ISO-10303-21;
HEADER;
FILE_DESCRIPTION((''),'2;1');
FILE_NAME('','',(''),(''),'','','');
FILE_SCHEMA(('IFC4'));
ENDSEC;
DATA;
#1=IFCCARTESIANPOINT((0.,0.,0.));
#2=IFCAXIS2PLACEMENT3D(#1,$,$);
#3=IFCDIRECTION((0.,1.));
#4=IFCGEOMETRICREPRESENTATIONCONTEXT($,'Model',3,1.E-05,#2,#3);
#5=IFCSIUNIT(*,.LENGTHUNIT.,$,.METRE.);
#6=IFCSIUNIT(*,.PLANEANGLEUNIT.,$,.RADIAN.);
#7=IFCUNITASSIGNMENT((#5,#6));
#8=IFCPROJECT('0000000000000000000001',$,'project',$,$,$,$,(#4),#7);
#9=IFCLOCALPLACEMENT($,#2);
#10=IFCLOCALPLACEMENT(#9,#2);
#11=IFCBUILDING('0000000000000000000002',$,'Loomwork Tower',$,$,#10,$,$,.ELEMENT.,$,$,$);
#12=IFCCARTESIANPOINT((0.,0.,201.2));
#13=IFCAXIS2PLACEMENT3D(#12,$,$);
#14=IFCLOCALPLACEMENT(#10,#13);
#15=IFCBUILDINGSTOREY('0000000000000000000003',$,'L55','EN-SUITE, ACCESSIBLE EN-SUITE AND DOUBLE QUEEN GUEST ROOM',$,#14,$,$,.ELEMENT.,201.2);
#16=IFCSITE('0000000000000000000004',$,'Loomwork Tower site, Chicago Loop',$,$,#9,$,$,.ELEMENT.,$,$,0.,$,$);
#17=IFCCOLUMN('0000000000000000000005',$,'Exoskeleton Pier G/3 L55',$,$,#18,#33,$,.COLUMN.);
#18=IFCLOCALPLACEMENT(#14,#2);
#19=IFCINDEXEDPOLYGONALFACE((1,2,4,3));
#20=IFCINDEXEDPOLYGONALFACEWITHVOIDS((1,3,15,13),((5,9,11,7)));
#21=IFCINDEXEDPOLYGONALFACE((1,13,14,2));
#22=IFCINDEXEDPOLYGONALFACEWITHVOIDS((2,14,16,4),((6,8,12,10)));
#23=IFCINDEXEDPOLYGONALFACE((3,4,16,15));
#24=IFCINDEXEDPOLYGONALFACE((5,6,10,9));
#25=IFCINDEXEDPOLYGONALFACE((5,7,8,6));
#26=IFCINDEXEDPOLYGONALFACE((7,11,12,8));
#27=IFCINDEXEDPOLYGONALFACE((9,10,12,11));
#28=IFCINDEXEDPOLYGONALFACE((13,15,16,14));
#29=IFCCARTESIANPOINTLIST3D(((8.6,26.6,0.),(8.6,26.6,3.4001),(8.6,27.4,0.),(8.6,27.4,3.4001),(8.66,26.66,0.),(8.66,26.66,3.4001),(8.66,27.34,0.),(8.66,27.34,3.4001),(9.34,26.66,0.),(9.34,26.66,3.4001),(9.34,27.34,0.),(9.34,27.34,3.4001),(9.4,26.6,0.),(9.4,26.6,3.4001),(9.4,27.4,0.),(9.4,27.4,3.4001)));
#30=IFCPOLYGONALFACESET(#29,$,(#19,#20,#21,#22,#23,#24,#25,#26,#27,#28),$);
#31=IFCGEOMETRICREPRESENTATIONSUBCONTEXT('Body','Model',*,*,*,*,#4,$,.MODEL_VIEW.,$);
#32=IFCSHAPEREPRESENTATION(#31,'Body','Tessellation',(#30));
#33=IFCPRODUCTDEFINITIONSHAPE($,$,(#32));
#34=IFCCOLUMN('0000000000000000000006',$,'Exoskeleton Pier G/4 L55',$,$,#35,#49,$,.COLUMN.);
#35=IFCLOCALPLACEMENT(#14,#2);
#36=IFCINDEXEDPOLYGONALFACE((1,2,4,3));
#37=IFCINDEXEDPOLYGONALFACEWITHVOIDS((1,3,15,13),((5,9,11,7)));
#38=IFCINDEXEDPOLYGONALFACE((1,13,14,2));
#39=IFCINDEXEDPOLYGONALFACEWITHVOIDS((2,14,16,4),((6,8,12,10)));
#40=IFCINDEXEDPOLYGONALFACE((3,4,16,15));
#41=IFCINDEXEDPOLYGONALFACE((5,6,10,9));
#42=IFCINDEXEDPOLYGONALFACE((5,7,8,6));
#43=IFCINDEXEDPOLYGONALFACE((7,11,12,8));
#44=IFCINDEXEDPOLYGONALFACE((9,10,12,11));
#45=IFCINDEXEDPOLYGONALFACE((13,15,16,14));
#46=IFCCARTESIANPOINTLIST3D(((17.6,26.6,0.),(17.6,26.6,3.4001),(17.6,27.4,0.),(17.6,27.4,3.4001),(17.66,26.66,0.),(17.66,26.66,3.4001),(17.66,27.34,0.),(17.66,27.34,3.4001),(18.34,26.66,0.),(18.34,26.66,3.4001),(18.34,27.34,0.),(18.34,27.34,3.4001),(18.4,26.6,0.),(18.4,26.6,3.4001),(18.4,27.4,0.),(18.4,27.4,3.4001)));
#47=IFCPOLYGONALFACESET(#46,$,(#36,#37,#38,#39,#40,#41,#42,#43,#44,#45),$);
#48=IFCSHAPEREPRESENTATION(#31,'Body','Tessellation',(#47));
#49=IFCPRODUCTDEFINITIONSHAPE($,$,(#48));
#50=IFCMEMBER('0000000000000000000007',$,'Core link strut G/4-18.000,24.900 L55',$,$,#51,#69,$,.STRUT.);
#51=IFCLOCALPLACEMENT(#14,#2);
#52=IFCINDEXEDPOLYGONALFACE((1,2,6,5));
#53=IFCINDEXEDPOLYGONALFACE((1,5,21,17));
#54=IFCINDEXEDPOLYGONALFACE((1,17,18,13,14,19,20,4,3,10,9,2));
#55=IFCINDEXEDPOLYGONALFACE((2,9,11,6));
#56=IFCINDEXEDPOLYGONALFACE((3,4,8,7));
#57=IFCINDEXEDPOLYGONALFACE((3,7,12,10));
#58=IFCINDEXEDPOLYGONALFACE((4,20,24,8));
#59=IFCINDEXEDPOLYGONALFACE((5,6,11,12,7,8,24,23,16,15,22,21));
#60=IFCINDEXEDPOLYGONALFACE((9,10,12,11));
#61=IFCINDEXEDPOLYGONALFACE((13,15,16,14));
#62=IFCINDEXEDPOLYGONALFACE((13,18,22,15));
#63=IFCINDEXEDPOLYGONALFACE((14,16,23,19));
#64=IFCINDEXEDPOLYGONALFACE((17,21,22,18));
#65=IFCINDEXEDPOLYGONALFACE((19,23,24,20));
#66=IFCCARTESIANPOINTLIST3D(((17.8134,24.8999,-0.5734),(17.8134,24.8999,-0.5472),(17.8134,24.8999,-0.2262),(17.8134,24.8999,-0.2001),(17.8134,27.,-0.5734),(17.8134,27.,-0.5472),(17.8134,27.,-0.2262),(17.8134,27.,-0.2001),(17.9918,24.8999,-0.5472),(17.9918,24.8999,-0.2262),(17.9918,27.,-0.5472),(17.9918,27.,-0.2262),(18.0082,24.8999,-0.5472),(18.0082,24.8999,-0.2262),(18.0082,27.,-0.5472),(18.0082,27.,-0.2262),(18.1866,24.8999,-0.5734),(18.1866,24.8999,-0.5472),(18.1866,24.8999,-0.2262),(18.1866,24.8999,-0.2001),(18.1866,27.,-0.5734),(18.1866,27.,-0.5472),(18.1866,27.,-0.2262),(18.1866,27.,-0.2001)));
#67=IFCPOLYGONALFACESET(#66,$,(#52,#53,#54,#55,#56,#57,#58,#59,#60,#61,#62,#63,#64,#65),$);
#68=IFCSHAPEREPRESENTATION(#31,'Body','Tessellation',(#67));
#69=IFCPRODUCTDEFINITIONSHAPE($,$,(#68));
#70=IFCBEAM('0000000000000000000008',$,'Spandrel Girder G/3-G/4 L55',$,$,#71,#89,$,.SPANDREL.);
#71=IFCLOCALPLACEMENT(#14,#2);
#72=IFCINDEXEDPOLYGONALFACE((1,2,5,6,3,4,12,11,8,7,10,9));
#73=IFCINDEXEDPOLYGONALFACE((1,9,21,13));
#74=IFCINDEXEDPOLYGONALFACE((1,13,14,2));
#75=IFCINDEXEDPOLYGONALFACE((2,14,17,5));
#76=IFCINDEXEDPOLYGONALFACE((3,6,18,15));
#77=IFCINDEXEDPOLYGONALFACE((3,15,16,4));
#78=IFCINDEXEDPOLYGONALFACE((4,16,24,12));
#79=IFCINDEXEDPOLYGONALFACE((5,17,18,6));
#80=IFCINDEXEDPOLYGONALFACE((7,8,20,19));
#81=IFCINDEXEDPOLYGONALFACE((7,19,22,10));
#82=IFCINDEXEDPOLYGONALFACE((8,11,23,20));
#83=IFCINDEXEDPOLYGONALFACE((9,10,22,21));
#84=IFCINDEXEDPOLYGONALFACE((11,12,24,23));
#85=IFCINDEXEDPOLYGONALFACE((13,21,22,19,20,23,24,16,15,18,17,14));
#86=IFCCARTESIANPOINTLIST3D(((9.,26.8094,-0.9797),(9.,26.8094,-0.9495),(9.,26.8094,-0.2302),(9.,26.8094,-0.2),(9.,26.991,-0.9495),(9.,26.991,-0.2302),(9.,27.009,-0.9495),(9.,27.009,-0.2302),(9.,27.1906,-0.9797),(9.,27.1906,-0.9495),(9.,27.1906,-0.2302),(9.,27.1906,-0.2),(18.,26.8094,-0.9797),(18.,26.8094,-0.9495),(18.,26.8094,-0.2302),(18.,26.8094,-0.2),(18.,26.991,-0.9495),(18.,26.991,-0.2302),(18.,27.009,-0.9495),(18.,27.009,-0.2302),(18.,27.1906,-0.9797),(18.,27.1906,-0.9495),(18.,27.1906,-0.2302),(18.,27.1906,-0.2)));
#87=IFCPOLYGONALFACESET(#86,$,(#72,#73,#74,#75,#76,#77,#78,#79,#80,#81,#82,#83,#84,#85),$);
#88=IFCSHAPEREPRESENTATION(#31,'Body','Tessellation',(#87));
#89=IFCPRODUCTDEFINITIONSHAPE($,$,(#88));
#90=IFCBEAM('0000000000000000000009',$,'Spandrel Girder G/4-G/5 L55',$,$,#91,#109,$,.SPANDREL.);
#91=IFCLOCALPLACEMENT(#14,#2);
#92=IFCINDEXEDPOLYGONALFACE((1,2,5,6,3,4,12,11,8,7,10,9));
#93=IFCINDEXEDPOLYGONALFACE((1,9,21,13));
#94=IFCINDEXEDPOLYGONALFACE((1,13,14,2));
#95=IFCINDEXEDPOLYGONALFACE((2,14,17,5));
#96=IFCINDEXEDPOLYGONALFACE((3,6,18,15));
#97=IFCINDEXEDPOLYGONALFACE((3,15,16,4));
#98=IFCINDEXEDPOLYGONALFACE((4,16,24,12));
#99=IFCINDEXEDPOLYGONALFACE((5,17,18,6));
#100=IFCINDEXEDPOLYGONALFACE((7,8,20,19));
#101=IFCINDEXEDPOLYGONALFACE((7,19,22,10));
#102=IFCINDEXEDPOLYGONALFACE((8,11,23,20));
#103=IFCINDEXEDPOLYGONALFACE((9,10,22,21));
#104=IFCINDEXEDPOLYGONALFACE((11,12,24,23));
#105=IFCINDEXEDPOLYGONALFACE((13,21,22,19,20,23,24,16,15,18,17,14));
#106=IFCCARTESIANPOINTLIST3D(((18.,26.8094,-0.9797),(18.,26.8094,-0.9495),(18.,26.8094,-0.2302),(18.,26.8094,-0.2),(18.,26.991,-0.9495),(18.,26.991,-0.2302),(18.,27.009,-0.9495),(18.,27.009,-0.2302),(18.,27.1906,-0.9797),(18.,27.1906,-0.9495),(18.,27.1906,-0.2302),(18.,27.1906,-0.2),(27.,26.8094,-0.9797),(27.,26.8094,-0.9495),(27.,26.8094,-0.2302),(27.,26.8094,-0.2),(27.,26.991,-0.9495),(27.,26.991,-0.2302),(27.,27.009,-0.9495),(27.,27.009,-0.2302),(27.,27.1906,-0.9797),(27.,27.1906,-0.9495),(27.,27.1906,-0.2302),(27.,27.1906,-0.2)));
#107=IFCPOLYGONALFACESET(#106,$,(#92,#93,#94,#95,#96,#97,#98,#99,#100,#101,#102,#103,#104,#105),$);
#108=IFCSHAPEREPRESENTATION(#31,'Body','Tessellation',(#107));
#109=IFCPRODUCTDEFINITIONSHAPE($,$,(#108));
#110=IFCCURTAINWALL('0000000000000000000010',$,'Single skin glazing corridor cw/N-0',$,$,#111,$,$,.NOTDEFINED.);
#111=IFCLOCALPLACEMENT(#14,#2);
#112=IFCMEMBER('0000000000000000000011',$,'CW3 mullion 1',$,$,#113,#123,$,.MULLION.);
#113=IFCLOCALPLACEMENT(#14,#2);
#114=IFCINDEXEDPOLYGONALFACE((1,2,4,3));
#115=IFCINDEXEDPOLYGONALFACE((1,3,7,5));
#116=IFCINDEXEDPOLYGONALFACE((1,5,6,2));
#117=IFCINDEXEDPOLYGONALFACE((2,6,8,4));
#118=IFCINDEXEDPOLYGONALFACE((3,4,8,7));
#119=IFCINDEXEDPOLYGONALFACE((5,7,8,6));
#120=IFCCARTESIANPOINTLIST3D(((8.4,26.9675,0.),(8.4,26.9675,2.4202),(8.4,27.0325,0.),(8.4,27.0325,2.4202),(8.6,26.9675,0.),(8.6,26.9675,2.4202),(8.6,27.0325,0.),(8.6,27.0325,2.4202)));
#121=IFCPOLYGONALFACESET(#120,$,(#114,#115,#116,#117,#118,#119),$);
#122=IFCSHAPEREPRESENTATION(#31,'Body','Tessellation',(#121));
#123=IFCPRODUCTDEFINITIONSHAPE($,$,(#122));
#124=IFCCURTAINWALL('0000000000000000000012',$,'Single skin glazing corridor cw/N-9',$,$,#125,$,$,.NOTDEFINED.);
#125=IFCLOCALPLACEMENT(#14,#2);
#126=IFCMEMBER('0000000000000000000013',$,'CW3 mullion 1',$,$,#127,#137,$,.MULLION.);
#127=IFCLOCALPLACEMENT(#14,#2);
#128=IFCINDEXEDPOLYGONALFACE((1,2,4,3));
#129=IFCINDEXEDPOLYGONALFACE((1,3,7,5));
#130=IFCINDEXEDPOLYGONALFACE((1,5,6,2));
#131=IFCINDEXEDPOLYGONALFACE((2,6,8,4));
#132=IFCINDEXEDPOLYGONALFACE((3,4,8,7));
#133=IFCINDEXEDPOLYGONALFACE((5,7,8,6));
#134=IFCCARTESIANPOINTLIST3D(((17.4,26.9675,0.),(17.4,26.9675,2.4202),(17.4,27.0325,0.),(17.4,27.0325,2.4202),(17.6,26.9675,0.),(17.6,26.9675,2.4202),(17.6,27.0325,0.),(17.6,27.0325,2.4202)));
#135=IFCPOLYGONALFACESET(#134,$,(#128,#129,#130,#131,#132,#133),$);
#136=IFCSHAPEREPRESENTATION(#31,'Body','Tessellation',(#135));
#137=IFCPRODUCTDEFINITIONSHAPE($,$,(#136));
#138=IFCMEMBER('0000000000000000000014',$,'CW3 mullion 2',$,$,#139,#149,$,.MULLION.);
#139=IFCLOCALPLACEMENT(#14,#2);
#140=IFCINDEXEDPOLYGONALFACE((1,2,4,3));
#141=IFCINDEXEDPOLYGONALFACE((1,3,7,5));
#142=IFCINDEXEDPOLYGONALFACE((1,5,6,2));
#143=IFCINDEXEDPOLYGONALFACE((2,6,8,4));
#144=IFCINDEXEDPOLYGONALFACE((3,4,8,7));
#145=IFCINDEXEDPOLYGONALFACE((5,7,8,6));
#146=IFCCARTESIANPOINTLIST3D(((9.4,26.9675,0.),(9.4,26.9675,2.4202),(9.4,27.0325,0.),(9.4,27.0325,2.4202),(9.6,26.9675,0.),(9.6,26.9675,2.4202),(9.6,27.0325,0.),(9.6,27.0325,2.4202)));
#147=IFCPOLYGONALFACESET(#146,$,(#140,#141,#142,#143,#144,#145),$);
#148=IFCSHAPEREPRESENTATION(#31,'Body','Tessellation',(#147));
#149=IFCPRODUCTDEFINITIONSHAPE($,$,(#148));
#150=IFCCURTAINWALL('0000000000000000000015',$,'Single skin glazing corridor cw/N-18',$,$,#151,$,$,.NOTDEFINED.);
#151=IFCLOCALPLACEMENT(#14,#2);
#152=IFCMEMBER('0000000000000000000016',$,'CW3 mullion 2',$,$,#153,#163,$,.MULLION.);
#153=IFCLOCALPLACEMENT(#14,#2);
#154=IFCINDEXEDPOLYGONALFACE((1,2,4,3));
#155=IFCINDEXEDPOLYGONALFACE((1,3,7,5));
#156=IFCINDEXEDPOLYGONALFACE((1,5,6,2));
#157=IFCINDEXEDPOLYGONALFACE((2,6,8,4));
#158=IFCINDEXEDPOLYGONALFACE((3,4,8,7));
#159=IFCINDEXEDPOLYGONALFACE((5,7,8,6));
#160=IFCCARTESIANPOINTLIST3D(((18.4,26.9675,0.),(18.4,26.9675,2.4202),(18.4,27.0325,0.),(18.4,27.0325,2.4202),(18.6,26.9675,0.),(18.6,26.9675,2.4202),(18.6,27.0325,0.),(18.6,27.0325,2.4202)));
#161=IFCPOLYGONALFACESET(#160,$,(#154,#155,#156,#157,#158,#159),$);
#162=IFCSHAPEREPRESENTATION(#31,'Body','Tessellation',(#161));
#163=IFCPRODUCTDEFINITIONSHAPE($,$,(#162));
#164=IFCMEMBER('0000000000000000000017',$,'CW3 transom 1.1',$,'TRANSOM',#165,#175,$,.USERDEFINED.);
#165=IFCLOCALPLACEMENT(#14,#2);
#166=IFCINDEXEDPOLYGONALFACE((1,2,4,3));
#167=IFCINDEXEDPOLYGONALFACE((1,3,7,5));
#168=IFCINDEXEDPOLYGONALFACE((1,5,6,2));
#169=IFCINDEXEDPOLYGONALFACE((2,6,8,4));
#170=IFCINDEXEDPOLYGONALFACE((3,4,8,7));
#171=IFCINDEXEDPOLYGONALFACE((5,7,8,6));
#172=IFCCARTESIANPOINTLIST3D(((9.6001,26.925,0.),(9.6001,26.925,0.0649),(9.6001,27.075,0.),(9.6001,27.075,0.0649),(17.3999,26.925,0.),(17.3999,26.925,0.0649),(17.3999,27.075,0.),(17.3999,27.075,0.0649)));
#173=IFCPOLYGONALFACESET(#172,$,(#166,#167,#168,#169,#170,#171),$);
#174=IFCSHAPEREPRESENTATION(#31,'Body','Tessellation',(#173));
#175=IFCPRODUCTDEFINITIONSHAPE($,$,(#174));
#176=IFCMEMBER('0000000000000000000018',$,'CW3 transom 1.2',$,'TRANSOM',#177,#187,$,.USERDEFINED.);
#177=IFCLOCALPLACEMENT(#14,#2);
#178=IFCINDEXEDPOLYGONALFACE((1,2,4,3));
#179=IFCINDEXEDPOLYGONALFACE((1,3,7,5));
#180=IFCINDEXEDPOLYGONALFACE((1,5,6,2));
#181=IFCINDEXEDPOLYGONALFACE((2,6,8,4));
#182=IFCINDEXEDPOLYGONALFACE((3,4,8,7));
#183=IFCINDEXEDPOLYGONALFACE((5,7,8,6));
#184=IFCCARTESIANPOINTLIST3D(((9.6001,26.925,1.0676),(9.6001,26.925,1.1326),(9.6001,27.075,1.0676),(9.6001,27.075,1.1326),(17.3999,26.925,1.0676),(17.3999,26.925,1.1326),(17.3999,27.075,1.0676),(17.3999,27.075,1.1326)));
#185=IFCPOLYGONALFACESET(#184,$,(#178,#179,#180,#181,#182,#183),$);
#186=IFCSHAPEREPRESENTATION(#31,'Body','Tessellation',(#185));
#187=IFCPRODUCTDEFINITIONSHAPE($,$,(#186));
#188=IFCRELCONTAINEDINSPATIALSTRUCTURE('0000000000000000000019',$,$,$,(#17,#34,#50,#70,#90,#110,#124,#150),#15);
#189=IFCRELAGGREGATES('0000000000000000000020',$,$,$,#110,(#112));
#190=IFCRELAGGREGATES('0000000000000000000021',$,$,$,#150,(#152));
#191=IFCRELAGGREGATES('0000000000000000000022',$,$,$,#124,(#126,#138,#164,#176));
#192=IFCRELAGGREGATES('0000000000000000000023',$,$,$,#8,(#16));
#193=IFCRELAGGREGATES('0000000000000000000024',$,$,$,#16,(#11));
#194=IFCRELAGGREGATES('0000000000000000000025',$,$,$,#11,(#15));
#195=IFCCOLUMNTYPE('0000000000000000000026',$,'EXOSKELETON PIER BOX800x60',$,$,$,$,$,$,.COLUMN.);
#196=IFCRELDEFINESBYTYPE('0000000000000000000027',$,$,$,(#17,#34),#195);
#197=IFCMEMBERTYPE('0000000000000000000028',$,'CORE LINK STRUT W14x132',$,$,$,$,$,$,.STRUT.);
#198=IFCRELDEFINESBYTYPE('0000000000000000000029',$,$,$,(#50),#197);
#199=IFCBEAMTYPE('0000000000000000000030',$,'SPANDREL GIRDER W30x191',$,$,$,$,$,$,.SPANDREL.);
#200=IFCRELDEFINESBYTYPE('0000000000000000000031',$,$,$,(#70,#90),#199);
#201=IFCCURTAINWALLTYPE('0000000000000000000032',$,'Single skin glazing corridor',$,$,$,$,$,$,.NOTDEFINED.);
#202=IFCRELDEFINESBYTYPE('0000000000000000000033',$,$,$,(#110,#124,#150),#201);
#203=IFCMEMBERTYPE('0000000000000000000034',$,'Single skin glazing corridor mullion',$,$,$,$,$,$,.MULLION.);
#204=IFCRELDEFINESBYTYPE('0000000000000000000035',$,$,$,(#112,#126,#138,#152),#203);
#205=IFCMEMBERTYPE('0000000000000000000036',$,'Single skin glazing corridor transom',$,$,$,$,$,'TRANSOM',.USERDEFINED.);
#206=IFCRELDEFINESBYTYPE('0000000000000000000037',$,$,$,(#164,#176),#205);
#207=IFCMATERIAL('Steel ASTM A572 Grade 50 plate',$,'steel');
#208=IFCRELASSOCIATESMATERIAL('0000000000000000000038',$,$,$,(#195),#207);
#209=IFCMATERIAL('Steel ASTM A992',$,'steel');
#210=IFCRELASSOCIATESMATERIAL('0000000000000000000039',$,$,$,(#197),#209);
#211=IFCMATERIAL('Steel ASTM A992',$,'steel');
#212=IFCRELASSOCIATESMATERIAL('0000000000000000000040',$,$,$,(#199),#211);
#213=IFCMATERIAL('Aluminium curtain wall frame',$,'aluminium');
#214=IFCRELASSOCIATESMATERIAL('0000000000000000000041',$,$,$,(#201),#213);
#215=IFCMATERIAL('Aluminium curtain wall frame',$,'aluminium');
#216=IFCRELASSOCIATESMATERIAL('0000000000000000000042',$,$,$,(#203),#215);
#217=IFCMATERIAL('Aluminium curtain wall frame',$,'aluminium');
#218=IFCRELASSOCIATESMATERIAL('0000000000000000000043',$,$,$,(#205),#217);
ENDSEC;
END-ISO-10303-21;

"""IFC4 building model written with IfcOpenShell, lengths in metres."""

from ifc_helpers import new_model, si_unit, direction, frame, origin, origin_2d, place, context, subcontext, project, spatial, rectangle, hollow_rectangle, i_section, extrude, material, material_profile, profile_set, type_object, element, aggregate, save


model = new_model("IFC4")

# Units and contexts
model_context = context("Model", 3, precision=1e-05, world=origin(), true_north=direction((0.0, 1.0)))
body_context = subcontext(model_context, "Body", "Model", "MODEL_VIEW")
ifc_project = project(units=[si_unit("LENGTHUNIT", "METRE"), si_unit("PLANEANGLEUNIT", "RADIAN")], contexts=[model_context])

# Site, building, storey
site_placement = place(None, origin())
site = spatial("IfcSite", under=ifc_project, at=site_placement, Name="Loomwork Tower site, Chicago Loop", CompositionType="ELEMENT", RefElevation=0.0)
building_placement = place(site_placement, origin())
building = spatial("IfcBuilding", under=site, at=building_placement, Name="Loomwork Tower", CompositionType="ELEMENT")
storey_placement = place(building_placement, frame((0.0, 0.0, 201.2)))
storey = spatial("IfcBuildingStorey", under=building, at=storey_placement, Name="L55", Description="EN-SUITE, ACCESSIBLE EN-SUITE AND DOUBLE QUEEN GUEST ROOM", CompositionType="ELEMENT", Elevation=201.2)

# Columns
ifc_material_1 = material(Name="Steel ASTM A572 Grade 50 plate", Category="steel")
ifc_material_profile_1 = material_profile(ifc_material_1, hollow_rectangle(XDim=0.8, YDim=0.8, WallThickness=0.0601, at=origin_2d()), Name="BOX800x60")
ifc_profile_set_1 = profile_set([ifc_material_profile_1], Name="Steel ASTM A572 Grade 50 plate")
column_type = type_object("IfcColumnType", Name="EXOSKELETON PIER BOX800x60", PredefinedType="COLUMN", material=ifc_profile_set_1)
for number, where, z_axis, x_axis, name in (
    (1, (9.0, 27.0, 0.0), (0.0, 0.0, 1.0), (1.0, 0.0, 0.0), "Exoskeleton Pier G/3 L55"),
    (2, (18.0, 27.0, 0.0), (0.0, 0.0, 1.0), (1.0, 0.0, 0.0), "Exoskeleton Pier G/4 L55"),
):
    element("IfcColumn", number, at=place(storey_placement, frame(where, z_axis=z_axis, x_axis=x_axis)), inside=storey, type_object=column_type, Name=name, PredefinedType="COLUMN", context=body_context, shape_type="SweptSolid", body=[
        extrude(hollow_rectangle(XDim=0.8, YDim=0.8, WallThickness=0.0601, at=origin_2d()), origin(), (0.0, 0.0, 1.0), 3.4001),
    ])

# Member
ifc_material_2 = material(Name="Steel ASTM A992", Category="steel")
ifc_material_profile_2 = material_profile(ifc_material_2, i_section(OverallWidth=0.3733, OverallDepth=0.3733, WebThickness=0.0164, FlangeThickness=0.0261, at=origin_2d()), Name="W14x132")
ifc_profile_set_2 = profile_set([ifc_material_profile_2], Name="Steel ASTM A992")
member_type_1 = type_object("IfcMemberType", Name="CORE LINK STRUT W14x132", PredefinedType="STRUT", material=ifc_profile_set_2)
member_1_placement = place(storey_placement, frame((18.0, 27.0, -0.3867), z_axis=(0.0, -1.0, 0.0), x_axis=(1.0, 0.0, 0.0)))
element("IfcMember", 3, at=member_1_placement, inside=storey, type_object=member_type_1, Name="Core link strut G/4-18.000,24.900 L55", PredefinedType="STRUT", context=body_context, shape_type="SweptSolid", body=[
    extrude(i_section(OverallWidth=0.3733, OverallDepth=0.3733, WebThickness=0.0164, FlangeThickness=0.0261, at=origin_2d()), origin(), (0.0, 0.0, 1.0), 2.1001),
])

# Beams
ifc_material_3 = material(Name="Steel ASTM A992", Category="steel")
ifc_material_profile_3 = material_profile(ifc_material_3, i_section(OverallWidth=0.3811, OverallDepth=0.7798, WebThickness=0.0181, FlangeThickness=0.0303, at=origin_2d()), Name="W30x191")
ifc_profile_set_3 = profile_set([ifc_material_profile_3], Name="Steel ASTM A992")
beam_type = type_object("IfcBeamType", Name="SPANDREL GIRDER W30x191", PredefinedType="SPANDREL", material=ifc_profile_set_3)
for number, where, z_axis, x_axis, name in (
    (4, (9.0, 27.0, -0.5898), (1.0, 0.0, 0.0), (0.0, 1.0, 0.0), "Spandrel Girder G/3-G/4 L55"),
    (5, (18.0, 27.0, -0.5898), (1.0, 0.0, 0.0), (0.0, 1.0, 0.0), "Spandrel Girder G/4-G/5 L55"),
):
    element("IfcBeam", number, at=place(storey_placement, frame(where, z_axis=z_axis, x_axis=x_axis)), inside=storey, type_object=beam_type, Name=name, PredefinedType="SPANDREL", context=body_context, shape_type="SweptSolid", body=[
        extrude(i_section(OverallWidth=0.3811, OverallDepth=0.7798, WebThickness=0.0181, FlangeThickness=0.0303, at=origin_2d()), origin(), (0.0, 0.0, 1.0), 9.0),
    ])

# Curtain wall, member
ifc_material_4 = material(Name="Aluminium curtain wall frame", Category="aluminium")
curtain_wall_type = type_object("IfcCurtainWallType", Name="Single skin glazing corridor", PredefinedType="NOTDEFINED", material=ifc_material_4)
curtain_wall_1_placement = place(storey_placement, origin())
curtain_wall_1 = element("IfcCurtainWall", 6, at=curtain_wall_1_placement, inside=storey, type_object=curtain_wall_type, Name="Single skin glazing corridor cw/N-0", PredefinedType="NOTDEFINED")
ifc_material_5 = material(Name="Aluminium curtain wall frame", Category="aluminium")
ifc_material_profile_4 = material_profile(ifc_material_5, rectangle(XDim=0.0649, YDim=0.2, at=origin_2d()), Name="AL 65x200")
ifc_profile_set_4 = profile_set([ifc_material_profile_4], Name="Aluminium curtain wall frame")
member_type_2 = type_object("IfcMemberType", Name="Single skin glazing corridor mullion", PredefinedType="MULLION", material=ifc_profile_set_4)
member_2_placement = place(storey_placement, frame((8.5, 27.0, 0.0), z_axis=(0.0, 0.0, 1.0), x_axis=(0.0, -1.0, 0.0)))
member_2 = element("IfcMember", 7, at=member_2_placement, type_object=member_type_2, Name="CW3 mullion 1", PredefinedType="MULLION", context=body_context, shape_type="SweptSolid", body=[
    extrude(rectangle(XDim=0.0649, YDim=0.2, at=origin_2d()), origin(), (0.0, 0.0, 1.0), 2.4202),
])
aggregate(curtain_wall_1, [member_2])

# Curtain wall, members
curtain_wall_2_placement = place(storey_placement, origin())
curtain_wall_2 = element("IfcCurtainWall", 8, at=curtain_wall_2_placement, inside=storey, type_object=curtain_wall_type, Name="Single skin glazing corridor cw/N-9", PredefinedType="NOTDEFINED")
member_3_placement = place(storey_placement, frame((17.5, 27.0, 0.0), z_axis=(0.0, 0.0, 1.0), x_axis=(0.0, -1.0, 0.0)))
member_3 = element("IfcMember", 9, at=member_3_placement, type_object=member_type_2, Name="CW3 mullion 1", PredefinedType="MULLION", context=body_context, shape_type="SweptSolid", body=[
    extrude(rectangle(XDim=0.0649, YDim=0.2, at=origin_2d()), origin(), (0.0, 0.0, 1.0), 2.4202),
])
member_4_placement = place(storey_placement, frame((9.5, 27.0, 0.0), z_axis=(0.0, 0.0, 1.0), x_axis=(0.0, -1.0, 0.0)))
member_4 = element("IfcMember", 10, at=member_4_placement, type_object=member_type_2, Name="CW3 mullion 2", PredefinedType="MULLION", context=body_context, shape_type="SweptSolid", body=[
    extrude(rectangle(XDim=0.0649, YDim=0.2, at=origin_2d()), origin(), (0.0, 0.0, 1.0), 2.4202),
])

# Curtain wall, member
curtain_wall_3_placement = place(storey_placement, origin())
curtain_wall_3 = element("IfcCurtainWall", 11, at=curtain_wall_3_placement, inside=storey, type_object=curtain_wall_type, Name="Single skin glazing corridor cw/N-18", PredefinedType="NOTDEFINED")
member_5_placement = place(storey_placement, frame((18.5, 27.0, 0.0), z_axis=(0.0, 0.0, 1.0), x_axis=(0.0, -1.0, 0.0)))
member_5 = element("IfcMember", 12, at=member_5_placement, type_object=member_type_2, Name="CW3 mullion 2", PredefinedType="MULLION", context=body_context, shape_type="SweptSolid", body=[
    extrude(rectangle(XDim=0.0649, YDim=0.2, at=origin_2d()), origin(), (0.0, 0.0, 1.0), 2.4202),
])
aggregate(curtain_wall_3, [member_5])

# Members
ifc_material_6 = material(Name="Aluminium curtain wall frame", Category="aluminium")
ifc_material_profile_5 = material_profile(ifc_material_6, rectangle(XDim=0.1499, YDim=0.0649, at=origin_2d()), Name="AL 65x150")
ifc_profile_set_5 = profile_set([ifc_material_profile_5], Name="Aluminium curtain wall frame")
member_type_3 = type_object("IfcMemberType", Name="Single skin glazing corridor transom", ElementType="TRANSOM", PredefinedType="USERDEFINED", material=ifc_profile_set_5)
member_6_placement = place(storey_placement, frame((17.3999, 27.0, 0.0325), z_axis=(-1.0, 0.0, 0.0), x_axis=(0.0, -1.0, 0.0)))
member_6 = element("IfcMember", 13, at=member_6_placement, type_object=member_type_3, Name="CW3 transom 1.1", ObjectType="TRANSOM", PredefinedType="USERDEFINED", context=body_context, shape_type="SweptSolid", body=[
    extrude(rectangle(XDim=0.1499, YDim=0.0649, at=origin_2d()), origin(), (0.0, 0.0, 1.0), 7.7998),
])
member_7_placement = place(storey_placement, frame((17.3999, 27.0, 1.1001), z_axis=(-1.0, 0.0, 0.0), x_axis=(0.0, -1.0, 0.0)))
member_7 = element("IfcMember", 14, at=member_7_placement, type_object=member_type_3, Name="CW3 transom 1.2", ObjectType="TRANSOM", PredefinedType="USERDEFINED", context=body_context, shape_type="SweptSolid", body=[
    extrude(rectangle(XDim=0.1499, YDim=0.0649, at=origin_2d()), origin(), (0.0, 0.0, 1.0), 7.7998),
])

aggregate(curtain_wall_2, [member_3, member_4, member_6, member_7])

save(model, "model.ifc")
